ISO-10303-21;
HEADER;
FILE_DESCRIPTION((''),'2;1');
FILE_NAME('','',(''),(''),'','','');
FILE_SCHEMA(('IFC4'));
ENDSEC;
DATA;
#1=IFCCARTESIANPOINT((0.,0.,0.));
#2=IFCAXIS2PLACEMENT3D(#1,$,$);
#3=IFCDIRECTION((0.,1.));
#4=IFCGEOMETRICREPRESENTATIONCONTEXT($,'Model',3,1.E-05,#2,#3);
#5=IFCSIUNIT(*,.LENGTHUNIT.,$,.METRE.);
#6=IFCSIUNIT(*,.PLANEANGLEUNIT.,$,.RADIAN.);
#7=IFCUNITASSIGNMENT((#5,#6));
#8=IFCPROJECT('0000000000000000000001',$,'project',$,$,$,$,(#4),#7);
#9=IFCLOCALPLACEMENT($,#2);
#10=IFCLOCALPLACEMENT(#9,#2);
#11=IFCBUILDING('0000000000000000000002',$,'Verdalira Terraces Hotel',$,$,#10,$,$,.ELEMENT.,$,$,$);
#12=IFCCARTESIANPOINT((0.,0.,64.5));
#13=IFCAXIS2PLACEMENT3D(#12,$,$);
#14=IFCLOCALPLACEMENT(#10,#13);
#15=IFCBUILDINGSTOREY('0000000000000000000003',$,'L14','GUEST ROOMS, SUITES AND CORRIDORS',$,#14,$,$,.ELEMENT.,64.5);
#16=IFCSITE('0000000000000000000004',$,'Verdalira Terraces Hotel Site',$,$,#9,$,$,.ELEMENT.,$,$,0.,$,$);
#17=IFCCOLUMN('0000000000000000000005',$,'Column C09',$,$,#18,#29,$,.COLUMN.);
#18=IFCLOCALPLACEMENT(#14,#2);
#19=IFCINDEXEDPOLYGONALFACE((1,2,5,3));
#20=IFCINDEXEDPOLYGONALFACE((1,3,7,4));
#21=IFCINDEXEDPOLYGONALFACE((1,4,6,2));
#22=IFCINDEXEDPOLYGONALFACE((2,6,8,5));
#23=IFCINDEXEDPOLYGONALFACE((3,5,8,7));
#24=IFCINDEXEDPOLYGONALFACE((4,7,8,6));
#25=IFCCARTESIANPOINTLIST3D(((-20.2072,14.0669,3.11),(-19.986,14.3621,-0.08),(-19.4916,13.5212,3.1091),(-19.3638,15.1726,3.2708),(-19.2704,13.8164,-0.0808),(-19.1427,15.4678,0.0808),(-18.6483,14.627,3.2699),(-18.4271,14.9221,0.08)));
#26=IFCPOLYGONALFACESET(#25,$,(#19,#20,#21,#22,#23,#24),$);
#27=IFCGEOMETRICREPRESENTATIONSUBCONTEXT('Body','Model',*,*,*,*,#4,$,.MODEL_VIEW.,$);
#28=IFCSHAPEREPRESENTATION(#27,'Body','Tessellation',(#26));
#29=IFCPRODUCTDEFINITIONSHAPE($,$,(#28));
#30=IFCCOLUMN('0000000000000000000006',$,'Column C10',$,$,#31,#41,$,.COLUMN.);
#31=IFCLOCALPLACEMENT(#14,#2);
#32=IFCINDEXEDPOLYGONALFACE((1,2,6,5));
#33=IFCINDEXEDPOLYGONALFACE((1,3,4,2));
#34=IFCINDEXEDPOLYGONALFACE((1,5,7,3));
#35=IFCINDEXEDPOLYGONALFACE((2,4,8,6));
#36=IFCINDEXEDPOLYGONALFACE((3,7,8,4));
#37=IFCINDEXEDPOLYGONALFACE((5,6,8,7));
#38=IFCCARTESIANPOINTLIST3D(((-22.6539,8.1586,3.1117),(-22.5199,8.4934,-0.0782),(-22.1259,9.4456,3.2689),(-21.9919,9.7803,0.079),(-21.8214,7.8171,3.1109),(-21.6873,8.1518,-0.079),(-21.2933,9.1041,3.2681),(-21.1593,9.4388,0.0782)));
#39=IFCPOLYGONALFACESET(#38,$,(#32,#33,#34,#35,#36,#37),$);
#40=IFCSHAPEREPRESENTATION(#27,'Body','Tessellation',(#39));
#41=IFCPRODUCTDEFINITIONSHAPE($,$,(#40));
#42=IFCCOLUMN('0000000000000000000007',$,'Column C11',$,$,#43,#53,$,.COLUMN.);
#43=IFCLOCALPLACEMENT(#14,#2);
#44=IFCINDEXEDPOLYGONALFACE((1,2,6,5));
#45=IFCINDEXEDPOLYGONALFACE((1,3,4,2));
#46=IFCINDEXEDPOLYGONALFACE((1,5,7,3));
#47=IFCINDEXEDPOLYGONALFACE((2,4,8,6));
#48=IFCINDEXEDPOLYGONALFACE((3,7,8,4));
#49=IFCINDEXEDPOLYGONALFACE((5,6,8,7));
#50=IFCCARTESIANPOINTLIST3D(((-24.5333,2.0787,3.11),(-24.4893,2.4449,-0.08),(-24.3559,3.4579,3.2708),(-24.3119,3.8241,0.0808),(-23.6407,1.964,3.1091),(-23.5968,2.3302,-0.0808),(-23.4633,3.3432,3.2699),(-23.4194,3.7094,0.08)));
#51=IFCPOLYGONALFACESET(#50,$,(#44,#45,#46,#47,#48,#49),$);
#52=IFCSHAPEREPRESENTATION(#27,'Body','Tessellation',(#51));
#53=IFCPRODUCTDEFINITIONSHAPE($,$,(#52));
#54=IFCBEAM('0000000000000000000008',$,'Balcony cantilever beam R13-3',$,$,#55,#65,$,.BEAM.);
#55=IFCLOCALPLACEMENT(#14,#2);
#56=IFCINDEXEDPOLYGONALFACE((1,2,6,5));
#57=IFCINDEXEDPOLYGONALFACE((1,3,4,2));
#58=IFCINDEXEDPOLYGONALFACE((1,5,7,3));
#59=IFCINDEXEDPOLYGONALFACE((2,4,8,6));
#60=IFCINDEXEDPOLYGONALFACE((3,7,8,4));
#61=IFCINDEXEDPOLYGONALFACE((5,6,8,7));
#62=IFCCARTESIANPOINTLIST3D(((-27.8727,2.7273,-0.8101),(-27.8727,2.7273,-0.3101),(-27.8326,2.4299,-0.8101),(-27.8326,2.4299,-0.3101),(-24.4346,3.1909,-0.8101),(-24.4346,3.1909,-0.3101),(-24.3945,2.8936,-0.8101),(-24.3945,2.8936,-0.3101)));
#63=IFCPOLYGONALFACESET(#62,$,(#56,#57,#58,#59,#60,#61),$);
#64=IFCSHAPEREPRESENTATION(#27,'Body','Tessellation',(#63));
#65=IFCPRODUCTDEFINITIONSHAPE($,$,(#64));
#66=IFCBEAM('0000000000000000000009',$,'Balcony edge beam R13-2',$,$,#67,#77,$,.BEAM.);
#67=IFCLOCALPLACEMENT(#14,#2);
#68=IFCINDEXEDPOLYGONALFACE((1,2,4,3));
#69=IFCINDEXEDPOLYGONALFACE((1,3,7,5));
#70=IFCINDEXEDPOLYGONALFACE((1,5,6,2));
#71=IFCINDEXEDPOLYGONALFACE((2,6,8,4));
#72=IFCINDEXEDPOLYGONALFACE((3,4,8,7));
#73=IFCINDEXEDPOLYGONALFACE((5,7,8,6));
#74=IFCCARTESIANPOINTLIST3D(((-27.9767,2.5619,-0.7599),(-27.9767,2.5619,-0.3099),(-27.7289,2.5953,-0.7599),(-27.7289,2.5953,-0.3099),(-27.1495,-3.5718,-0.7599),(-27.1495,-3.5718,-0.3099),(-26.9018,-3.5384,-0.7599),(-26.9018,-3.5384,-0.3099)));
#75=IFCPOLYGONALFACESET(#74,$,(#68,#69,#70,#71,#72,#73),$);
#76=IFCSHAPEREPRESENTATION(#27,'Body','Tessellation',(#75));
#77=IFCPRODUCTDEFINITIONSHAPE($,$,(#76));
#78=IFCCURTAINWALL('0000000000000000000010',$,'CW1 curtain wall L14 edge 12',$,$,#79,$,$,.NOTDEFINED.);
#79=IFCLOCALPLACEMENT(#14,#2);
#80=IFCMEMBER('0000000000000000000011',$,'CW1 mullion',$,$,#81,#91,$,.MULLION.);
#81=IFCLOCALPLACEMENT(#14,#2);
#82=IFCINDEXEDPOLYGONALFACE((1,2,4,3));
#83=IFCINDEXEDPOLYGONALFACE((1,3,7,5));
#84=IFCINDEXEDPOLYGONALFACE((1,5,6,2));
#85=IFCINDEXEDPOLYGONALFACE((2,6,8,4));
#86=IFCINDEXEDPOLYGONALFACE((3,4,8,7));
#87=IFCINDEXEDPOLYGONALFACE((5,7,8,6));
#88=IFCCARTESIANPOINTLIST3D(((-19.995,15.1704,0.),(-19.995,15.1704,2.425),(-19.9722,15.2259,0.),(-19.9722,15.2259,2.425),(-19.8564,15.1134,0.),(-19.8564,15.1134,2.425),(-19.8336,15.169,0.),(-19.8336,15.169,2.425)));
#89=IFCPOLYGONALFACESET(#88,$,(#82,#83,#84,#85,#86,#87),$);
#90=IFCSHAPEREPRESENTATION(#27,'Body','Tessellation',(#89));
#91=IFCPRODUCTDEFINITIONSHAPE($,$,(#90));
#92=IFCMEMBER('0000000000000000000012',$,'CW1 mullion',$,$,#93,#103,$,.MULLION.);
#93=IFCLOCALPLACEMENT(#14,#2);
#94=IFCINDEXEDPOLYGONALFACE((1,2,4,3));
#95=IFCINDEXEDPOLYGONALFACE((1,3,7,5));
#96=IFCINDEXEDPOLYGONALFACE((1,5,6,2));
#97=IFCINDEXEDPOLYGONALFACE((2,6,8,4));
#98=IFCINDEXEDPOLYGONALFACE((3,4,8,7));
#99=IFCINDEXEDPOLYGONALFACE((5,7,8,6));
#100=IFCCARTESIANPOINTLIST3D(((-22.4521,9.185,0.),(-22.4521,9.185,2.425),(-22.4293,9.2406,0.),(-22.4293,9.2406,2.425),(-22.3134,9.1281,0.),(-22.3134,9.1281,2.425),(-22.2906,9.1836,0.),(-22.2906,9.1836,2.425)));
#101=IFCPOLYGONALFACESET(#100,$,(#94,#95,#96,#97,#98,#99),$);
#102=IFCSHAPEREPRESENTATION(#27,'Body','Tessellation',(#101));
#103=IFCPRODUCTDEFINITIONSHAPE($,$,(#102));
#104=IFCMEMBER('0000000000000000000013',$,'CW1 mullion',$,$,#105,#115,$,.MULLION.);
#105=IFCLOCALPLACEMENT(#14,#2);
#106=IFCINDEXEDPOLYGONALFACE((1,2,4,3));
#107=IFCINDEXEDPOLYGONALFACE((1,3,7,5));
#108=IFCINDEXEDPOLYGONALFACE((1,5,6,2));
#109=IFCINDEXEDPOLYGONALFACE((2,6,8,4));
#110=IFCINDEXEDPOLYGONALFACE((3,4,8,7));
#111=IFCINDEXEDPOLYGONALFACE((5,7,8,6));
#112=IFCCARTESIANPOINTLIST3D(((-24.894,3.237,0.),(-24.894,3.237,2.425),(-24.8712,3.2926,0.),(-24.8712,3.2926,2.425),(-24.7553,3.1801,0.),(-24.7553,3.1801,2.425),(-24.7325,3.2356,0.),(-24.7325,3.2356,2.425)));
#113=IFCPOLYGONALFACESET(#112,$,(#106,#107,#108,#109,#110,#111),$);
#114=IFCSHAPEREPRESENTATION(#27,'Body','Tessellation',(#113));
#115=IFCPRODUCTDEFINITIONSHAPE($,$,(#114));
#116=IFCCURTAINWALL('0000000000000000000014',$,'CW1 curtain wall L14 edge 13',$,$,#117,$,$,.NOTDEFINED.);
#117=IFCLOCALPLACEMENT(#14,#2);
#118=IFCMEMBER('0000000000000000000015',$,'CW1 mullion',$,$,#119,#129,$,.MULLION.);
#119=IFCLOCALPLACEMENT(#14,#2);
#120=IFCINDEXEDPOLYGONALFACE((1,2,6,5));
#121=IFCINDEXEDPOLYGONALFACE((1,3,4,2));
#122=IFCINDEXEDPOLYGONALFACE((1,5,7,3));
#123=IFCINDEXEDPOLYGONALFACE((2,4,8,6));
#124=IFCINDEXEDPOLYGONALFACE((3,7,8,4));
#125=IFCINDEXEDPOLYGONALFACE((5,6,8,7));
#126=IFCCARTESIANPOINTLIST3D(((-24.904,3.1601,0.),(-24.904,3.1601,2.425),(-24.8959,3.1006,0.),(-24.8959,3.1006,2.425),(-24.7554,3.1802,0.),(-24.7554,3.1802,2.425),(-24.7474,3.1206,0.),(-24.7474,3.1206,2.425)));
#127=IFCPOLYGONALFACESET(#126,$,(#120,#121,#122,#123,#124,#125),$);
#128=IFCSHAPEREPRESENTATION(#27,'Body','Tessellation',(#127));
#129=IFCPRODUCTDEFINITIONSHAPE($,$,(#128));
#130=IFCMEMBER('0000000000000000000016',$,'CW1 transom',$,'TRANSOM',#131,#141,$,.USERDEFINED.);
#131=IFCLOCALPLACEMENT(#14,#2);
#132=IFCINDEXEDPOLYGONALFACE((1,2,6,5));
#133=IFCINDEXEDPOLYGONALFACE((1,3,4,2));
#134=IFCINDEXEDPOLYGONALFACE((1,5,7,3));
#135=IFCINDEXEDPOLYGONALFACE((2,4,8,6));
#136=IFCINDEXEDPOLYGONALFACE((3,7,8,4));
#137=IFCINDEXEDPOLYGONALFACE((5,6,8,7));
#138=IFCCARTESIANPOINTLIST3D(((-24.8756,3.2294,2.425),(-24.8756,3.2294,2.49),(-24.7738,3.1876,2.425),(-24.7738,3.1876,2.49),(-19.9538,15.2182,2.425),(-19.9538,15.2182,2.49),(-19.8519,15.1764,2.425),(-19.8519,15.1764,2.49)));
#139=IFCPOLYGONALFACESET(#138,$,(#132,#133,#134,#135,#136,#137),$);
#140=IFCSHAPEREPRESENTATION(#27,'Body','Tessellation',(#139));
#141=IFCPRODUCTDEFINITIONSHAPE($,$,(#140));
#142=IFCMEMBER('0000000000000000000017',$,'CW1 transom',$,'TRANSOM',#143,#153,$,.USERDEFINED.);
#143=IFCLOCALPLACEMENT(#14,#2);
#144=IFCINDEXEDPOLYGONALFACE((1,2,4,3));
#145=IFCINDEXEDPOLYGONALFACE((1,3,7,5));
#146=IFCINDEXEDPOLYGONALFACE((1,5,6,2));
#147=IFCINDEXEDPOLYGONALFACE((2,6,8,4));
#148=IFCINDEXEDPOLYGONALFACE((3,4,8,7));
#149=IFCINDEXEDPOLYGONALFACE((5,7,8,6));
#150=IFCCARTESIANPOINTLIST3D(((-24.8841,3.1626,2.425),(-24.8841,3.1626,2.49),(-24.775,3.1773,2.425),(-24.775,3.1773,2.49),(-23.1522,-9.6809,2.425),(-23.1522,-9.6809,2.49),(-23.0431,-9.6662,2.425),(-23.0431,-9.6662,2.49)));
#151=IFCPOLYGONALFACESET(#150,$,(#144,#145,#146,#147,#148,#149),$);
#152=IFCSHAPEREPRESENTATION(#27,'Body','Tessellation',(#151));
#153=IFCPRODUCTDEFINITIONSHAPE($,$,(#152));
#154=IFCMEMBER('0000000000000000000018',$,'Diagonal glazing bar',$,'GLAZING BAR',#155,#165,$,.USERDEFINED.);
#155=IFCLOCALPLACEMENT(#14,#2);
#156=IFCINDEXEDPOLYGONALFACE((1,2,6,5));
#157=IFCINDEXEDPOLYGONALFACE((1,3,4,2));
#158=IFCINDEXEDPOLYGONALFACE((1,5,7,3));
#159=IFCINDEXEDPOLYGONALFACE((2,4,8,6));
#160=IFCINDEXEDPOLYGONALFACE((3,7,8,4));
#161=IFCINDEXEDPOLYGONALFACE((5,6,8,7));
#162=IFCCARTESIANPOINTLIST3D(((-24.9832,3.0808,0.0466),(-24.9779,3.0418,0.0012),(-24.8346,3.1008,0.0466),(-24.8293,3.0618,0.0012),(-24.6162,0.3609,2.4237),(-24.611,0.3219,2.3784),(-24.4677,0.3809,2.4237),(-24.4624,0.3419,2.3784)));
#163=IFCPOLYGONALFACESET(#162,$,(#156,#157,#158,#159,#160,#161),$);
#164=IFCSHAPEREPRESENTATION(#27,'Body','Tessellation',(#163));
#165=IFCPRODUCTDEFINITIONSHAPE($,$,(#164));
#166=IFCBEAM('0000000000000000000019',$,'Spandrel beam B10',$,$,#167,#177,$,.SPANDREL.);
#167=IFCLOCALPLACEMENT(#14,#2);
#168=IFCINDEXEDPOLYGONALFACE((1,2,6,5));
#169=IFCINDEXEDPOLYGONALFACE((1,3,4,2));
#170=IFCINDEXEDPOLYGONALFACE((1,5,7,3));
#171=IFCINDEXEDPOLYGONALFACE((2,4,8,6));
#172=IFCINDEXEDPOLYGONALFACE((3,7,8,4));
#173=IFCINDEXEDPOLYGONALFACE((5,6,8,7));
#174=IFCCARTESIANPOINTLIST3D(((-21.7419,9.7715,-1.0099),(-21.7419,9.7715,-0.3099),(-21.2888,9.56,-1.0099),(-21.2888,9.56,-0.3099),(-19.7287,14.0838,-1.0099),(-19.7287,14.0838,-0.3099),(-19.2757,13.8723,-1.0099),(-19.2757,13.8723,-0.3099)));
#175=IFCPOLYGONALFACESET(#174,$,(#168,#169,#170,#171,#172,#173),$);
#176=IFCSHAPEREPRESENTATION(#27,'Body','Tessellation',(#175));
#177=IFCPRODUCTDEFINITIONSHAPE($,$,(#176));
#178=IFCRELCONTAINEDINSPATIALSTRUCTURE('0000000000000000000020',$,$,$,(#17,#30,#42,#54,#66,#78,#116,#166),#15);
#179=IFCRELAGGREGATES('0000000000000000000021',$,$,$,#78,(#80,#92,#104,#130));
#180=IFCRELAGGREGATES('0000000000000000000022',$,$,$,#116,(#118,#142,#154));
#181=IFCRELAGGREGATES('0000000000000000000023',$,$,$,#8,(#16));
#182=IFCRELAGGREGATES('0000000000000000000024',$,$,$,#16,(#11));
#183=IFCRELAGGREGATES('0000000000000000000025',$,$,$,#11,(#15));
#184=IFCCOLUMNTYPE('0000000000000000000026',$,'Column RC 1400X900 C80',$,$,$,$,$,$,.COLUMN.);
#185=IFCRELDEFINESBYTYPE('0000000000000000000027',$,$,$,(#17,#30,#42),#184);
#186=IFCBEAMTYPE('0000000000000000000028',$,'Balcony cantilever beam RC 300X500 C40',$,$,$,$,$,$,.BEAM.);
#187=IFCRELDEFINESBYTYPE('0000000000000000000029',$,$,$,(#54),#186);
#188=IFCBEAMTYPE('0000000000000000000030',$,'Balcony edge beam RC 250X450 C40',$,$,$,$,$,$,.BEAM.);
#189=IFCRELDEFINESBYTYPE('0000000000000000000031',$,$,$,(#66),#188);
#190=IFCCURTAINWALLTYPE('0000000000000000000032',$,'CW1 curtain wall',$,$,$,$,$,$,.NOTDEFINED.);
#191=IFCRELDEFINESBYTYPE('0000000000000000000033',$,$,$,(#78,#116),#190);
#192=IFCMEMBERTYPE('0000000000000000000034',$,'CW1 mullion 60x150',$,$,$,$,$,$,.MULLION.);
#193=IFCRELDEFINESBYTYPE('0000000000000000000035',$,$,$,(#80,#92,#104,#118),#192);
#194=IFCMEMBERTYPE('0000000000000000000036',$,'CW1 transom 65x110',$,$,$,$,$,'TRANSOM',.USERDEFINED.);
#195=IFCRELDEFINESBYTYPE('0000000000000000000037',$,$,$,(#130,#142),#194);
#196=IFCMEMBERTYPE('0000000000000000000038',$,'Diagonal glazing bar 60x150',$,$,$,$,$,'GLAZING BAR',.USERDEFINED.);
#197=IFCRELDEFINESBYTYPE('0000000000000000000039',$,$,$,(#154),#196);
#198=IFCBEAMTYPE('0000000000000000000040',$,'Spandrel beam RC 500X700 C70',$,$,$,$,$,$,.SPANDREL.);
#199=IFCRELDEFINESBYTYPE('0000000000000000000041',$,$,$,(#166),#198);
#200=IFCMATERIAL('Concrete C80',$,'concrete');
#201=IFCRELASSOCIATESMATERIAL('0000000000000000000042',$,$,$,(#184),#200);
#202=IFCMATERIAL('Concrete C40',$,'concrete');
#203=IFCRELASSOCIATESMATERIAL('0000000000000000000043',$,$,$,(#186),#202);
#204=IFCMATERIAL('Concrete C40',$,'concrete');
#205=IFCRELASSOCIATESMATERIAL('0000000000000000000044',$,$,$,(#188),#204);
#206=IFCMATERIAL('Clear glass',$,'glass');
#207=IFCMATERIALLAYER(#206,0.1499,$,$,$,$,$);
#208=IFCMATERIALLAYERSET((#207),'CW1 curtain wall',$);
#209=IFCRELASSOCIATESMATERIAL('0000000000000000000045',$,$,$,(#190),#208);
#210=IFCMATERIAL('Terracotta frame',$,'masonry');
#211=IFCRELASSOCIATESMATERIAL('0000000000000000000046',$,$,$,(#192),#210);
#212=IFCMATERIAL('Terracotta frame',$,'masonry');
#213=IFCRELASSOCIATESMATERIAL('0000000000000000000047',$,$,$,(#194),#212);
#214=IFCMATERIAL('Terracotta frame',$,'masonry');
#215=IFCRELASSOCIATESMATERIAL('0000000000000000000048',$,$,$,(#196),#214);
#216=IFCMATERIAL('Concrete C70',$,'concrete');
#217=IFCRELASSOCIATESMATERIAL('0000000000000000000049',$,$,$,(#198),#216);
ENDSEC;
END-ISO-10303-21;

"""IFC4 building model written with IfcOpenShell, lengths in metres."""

from ifc_helpers import new_model, si_unit, direction, frame, origin, origin_2d, place, context, subcontext, project, spatial, rectangle, extrude, material, layer, layer_set, material_profile, profile_set, type_object, element, aggregate, save


model = new_model("IFC4")

# Units and contexts
model_context = context("Model", 3, precision=1e-05, world=origin(), true_north=direction((0.0, 1.0)))
body_context = subcontext(model_context, "Body", "Model", "MODEL_VIEW")
ifc_project = project(units=[si_unit("LENGTHUNIT", "METRE"), si_unit("PLANEANGLEUNIT", "RADIAN")], contexts=[model_context])

# Site, building, storey
site_placement = place(None, origin())
site = spatial("IfcSite", under=ifc_project, at=site_placement, Name="Verdalira Terraces Hotel Site", CompositionType="ELEMENT", RefElevation=0.0)
building_placement = place(site_placement, origin())
building = spatial("IfcBuilding", under=site, at=building_placement, Name="Verdalira Terraces Hotel", CompositionType="ELEMENT")
storey_placement = place(building_placement, frame((0.0, 0.0, 64.5)))
storey = spatial("IfcBuildingStorey", under=building, at=storey_placement, Name="L14", Description="GUEST ROOMS, SUITES AND CORRIDORS", CompositionType="ELEMENT", Elevation=64.5)

# Columns
ifc_material_1 = material(Name="Concrete C80", Category="concrete")
ifc_material_profile_1 = material_profile(ifc_material_1, rectangle(XDim=1.3999, YDim=0.8999, at=origin_2d()), Name="RC 1400X900")
ifc_profile_set_1 = profile_set([ifc_material_profile_1], Name="Concrete C80")
column_type = type_object("IfcColumnType", Name="Column RC 1400X900 C80", PredefinedType="COLUMN", material=ifc_profile_set_1)
column_1_placement = place(storey_placement, frame((-19.2065, 14.6421, 0.0), z_axis=(-0.068881, -0.091918, 0.993381), x_axis=(0.602441, 0.789856, 0.114859)))
element("IfcColumn", 1, at=column_1_placement, inside=storey, type_object=column_type, Name="Column C09", PredefinedType="COLUMN", context=body_context, shape_type="SweptSolid", body=[
    extrude(rectangle(XDim=1.3999, YDim=0.8999, at=origin_2d()), origin(), (0.0, 0.0, 1.0), 3.2112),
])
column_2_placement = place(storey_placement, frame((-21.8396, 8.9661, 0.0), z_axis=(-0.041752, -0.104265, 0.993673), x_axis=(-0.377203, -0.919296, -0.11231)))
element("IfcColumn", 2, at=column_2_placement, inside=storey, type_object=column_type, Name="Column C10", PredefinedType="COLUMN", context=body_context, shape_type="SweptSolid", body=[
    extrude(rectangle(XDim=1.3999, YDim=0.8999, at=origin_2d()), origin(), (0.0, 0.0, 1.0), 3.2102),
])
column_3_placement = place(storey_placement, frame((-23.9543, 3.0771, 0.0), z_axis=(-0.013685, -0.114042, 0.993382), x_axis=(0.126726, 0.985266, 0.114856)))
element("IfcColumn", 3, at=column_3_placement, inside=storey, type_object=column_type, Name="Column C11", PredefinedType="COLUMN", context=body_context, shape_type="SweptSolid", body=[
    extrude(rectangle(XDim=1.3999, YDim=0.8999, at=origin_2d()), origin(), (0.0, 0.0, 1.0), 3.2112),
])

# Beams
ifc_material_2 = material(Name="Concrete C40", Category="concrete")
ifc_material_profile_2 = material_profile(ifc_material_2, rectangle(XDim=0.3, YDim=0.5, at=origin_2d()), Name="RC 300X500")
ifc_profile_set_2 = profile_set([ifc_material_profile_2], Name="Concrete C40")
beam_type_1 = type_object("IfcBeamType", Name="Balcony cantilever beam RC 300X500 C40", PredefinedType="BEAM", material=ifc_profile_set_2)
beam_1_placement = place(storey_placement, frame((-24.4146, 3.0422, -0.5601), z_axis=(-0.991031, -0.133634, 0.0), x_axis=(0.133634, -0.991031, 0.0)))
element("IfcBeam", 4, at=beam_1_placement, inside=storey, type_object=beam_type_1, Name="Balcony cantilever beam R13-3", PredefinedType="BEAM", context=body_context, shape_type="SweptSolid", body=[
    extrude(rectangle(XDim=0.3, YDim=0.5, at=origin_2d()), origin(), (0.0, 0.0, 1.0), 3.4692),
])
ifc_material_3 = material(Name="Concrete C40", Category="concrete")
ifc_material_profile_3 = material_profile(ifc_material_3, rectangle(XDim=0.25, YDim=0.45, at=origin_2d()), Name="RC 250X450")
ifc_profile_set_3 = profile_set([ifc_material_profile_3], Name="Concrete C40")
beam_type_2 = type_object("IfcBeamType", Name="Balcony edge beam RC 250X450 C40", PredefinedType="BEAM", material=ifc_profile_set_3)
beam_2_placement = place(storey_placement, frame((-27.8528, 2.5786, -0.5349), z_axis=(0.133641, -0.99103, 0.0), x_axis=(0.99103, 0.133641, 0.0)))
element("IfcBeam", 5, at=beam_2_placement, inside=storey, type_object=beam_type_2, Name="Balcony edge beam R13-2", PredefinedType="BEAM", context=body_context, shape_type="SweptSolid", body=[
    extrude(rectangle(XDim=0.25, YDim=0.45, at=origin_2d()), origin(), (0.0, 0.0, 1.0), 6.1892),
])

# Curtain wall, members
ifc_material_4 = material(Name="Clear glass", Category="glass")
ifc_layer_1 = layer(ifc_material_4, 0.1499)
ifc_layer_set_1 = layer_set([ifc_layer_1], Name="CW1 curtain wall")
curtain_wall_type = type_object("IfcCurtainWallType", Name="CW1 curtain wall", PredefinedType="NOTDEFINED", material=ifc_layer_set_1)
curtain_wall_1_placement = place(storey_placement, origin())
curtain_wall_1 = element("IfcCurtainWall", 6, at=curtain_wall_1_placement, inside=storey, type_object=curtain_wall_type, Name="CW1 curtain wall L14 edge 12", PredefinedType="NOTDEFINED")
ifc_material_5 = material(Name="Terracotta frame", Category="masonry")
ifc_material_profile_4 = material_profile(ifc_material_5, rectangle(XDim=0.0601, YDim=0.1499, at=origin_2d()), Name="MU 60x150")
ifc_profile_set_4 = profile_set([ifc_material_profile_4], Name="Terracotta frame")
member_type_1 = type_object("IfcMemberType", Name="CW1 mullion 60x150", PredefinedType="MULLION", material=ifc_profile_set_4)
member_1_placement = place(storey_placement, frame((-19.9143, 15.1697, 0.0), z_axis=(0.0, 0.0, 1.0), x_axis=(-0.379779, -0.925077, 0.0)))
member_1 = element("IfcMember", 7, at=member_1_placement, type_object=member_type_1, Name="CW1 mullion", PredefinedType="MULLION", context=body_context, shape_type="SweptSolid", body=[
    extrude(rectangle(XDim=0.0601, YDim=0.1499, at=origin_2d()), origin(), (0.0, 0.0, 1.0), 2.425),
])
member_2_placement = place(storey_placement, frame((-22.3713, 9.1843, 0.0), z_axis=(0.0, 0.0, 1.0), x_axis=(-0.379779, -0.925077, 0.0)))
member_2 = element("IfcMember", 8, at=member_2_placement, type_object=member_type_1, Name="CW1 mullion", PredefinedType="MULLION", context=body_context, shape_type="SweptSolid", body=[
    extrude(rectangle(XDim=0.0601, YDim=0.1499, at=origin_2d()), origin(), (0.0, 0.0, 1.0), 2.425),
])
member_3_placement = place(storey_placement, frame((-24.8132, 3.2363, 0.0), z_axis=(0.0, 0.0, 1.0), x_axis=(-0.379779, -0.925077, 0.0)))
member_3 = element("IfcMember", 9, at=member_3_placement, type_object=member_type_1, Name="CW1 mullion", PredefinedType="MULLION", context=body_context, shape_type="SweptSolid", body=[
    extrude(rectangle(XDim=0.0601, YDim=0.1499, at=origin_2d()), origin(), (0.0, 0.0, 1.0), 2.425),
])

# Curtain wall, member
curtain_wall_2_placement = place(storey_placement, origin())
curtain_wall_2 = element("IfcCurtainWall", 10, at=curtain_wall_2_placement, inside=storey, type_object=curtain_wall_type, Name="CW1 curtain wall L14 edge 13", PredefinedType="NOTDEFINED")
member_4_placement = place(storey_placement, frame((-24.8257, 3.1404, 0.0), z_axis=(0.0, 0.0, 1.0), x_axis=(0.13364, -0.99103, 0.0)))
member_4 = element("IfcMember", 11, at=member_4_placement, type_object=member_type_1, Name="CW1 mullion", PredefinedType="MULLION", context=body_context, shape_type="SweptSolid", body=[
    extrude(rectangle(XDim=0.0601, YDim=0.1499, at=origin_2d()), origin(), (0.0, 0.0, 1.0), 2.425),
])

# Members
ifc_material_6 = material(Name="Terracotta frame", Category="masonry")
ifc_material_profile_5 = material_profile(ifc_material_6, rectangle(XDim=0.1101, YDim=0.0649, at=origin_2d()), Name="TR 65x110")
ifc_profile_set_5 = profile_set([ifc_material_profile_5], Name="Terracotta frame")
member_type_2 = type_object("IfcMemberType", Name="CW1 transom 65x110", ElementType="TRANSOM", PredefinedType="USERDEFINED", material=ifc_profile_set_5)
member_5_placement = place(storey_placement, frame((-19.9028, 15.1973, 2.4575), z_axis=(-0.379781, -0.925076, 0.0), x_axis=(0.925076, -0.379781, 0.0)))
member_5 = element("IfcMember", 12, at=member_5_placement, type_object=member_type_2, Name="CW1 transom", ObjectType="TRANSOM", PredefinedType="USERDEFINED", context=body_context, shape_type="SweptSolid", body=[
    extrude(rectangle(XDim=0.1101, YDim=0.0649, at=origin_2d()), origin(), (0.0, 0.0, 1.0), 12.9597),
])
member_6_placement = place(storey_placement, frame((-24.8296, 3.1699, 2.4575), z_axis=(0.133639, -0.99103, 0.0), x_axis=(0.99103, 0.133639, 0.0)))
member_6 = element("IfcMember", 13, at=member_6_placement, type_object=member_type_2, Name="CW1 transom", ObjectType="TRANSOM", PredefinedType="USERDEFINED", context=body_context, shape_type="SweptSolid", body=[
    extrude(rectangle(XDim=0.1101, YDim=0.0649, at=origin_2d()), origin(), (0.0, 0.0, 1.0), 12.9597),
])
ifc_material_7 = material(Name="Terracotta frame", Category="masonry")
ifc_material_profile_6 = material_profile(ifc_material_7, rectangle(XDim=0.1499, YDim=0.0601, at=origin_2d()), Name="GB 60x150")
ifc_profile_set_6 = profile_set([ifc_material_profile_6], Name="Terracotta frame")
member_type_3 = type_object("IfcMemberType", Name="Diagonal glazing bar 60x150", ElementType="GLAZING BAR", PredefinedType="USERDEFINED", material=ifc_profile_set_6)
member_7_placement = place(storey_placement, frame((-24.9062, 3.0713, 0.0239), z_axis=(0.101059, -0.749103, 0.6547), x_axis=(0.991022, 0.133696, 0.0)))
member_7 = element("IfcMember", 14, at=member_7_placement, type_object=member_type_3, Name="Diagonal glazing bar", ObjectType="GLAZING BAR", PredefinedType="USERDEFINED", context=body_context, shape_type="SweptSolid", body=[
    extrude(rectangle(XDim=0.1499, YDim=0.0601, at=origin_2d()), origin(), (0.0, 0.0, 1.0), 3.6309),
])

# Beam
ifc_material_8 = material(Name="Concrete C70", Category="concrete")
ifc_material_profile_7 = material_profile(ifc_material_8, rectangle(XDim=0.5, YDim=0.7, at=origin_2d()), Name="RC 500X700")
ifc_profile_set_7 = profile_set([ifc_material_profile_7], Name="Concrete C70")
beam_type_3 = type_object("IfcBeamType", Name="Spandrel beam RC 500X700 C70", PredefinedType="SPANDREL", material=ifc_profile_set_7)
beam_3_placement = place(storey_placement, frame((-19.5022, 13.978, -0.6599), z_axis=(-0.423023, -0.906119, 0.0), x_axis=(0.906119, -0.423023, 0.0)))
element("IfcBeam", 15, at=beam_3_placement, inside=storey, type_object=beam_type_3, Name="Spandrel beam B10", PredefinedType="SPANDREL", context=body_context, shape_type="SweptSolid", body=[
    extrude(rectangle(XDim=0.5, YDim=0.7, at=origin_2d()), origin(), (0.0, 0.0, 1.0), 4.759),
])

aggregate(curtain_wall_1, [member_1, member_2, member_3, member_5])
aggregate(curtain_wall_2, [member_4, member_6, member_7])

save(model, "model.ifc")
